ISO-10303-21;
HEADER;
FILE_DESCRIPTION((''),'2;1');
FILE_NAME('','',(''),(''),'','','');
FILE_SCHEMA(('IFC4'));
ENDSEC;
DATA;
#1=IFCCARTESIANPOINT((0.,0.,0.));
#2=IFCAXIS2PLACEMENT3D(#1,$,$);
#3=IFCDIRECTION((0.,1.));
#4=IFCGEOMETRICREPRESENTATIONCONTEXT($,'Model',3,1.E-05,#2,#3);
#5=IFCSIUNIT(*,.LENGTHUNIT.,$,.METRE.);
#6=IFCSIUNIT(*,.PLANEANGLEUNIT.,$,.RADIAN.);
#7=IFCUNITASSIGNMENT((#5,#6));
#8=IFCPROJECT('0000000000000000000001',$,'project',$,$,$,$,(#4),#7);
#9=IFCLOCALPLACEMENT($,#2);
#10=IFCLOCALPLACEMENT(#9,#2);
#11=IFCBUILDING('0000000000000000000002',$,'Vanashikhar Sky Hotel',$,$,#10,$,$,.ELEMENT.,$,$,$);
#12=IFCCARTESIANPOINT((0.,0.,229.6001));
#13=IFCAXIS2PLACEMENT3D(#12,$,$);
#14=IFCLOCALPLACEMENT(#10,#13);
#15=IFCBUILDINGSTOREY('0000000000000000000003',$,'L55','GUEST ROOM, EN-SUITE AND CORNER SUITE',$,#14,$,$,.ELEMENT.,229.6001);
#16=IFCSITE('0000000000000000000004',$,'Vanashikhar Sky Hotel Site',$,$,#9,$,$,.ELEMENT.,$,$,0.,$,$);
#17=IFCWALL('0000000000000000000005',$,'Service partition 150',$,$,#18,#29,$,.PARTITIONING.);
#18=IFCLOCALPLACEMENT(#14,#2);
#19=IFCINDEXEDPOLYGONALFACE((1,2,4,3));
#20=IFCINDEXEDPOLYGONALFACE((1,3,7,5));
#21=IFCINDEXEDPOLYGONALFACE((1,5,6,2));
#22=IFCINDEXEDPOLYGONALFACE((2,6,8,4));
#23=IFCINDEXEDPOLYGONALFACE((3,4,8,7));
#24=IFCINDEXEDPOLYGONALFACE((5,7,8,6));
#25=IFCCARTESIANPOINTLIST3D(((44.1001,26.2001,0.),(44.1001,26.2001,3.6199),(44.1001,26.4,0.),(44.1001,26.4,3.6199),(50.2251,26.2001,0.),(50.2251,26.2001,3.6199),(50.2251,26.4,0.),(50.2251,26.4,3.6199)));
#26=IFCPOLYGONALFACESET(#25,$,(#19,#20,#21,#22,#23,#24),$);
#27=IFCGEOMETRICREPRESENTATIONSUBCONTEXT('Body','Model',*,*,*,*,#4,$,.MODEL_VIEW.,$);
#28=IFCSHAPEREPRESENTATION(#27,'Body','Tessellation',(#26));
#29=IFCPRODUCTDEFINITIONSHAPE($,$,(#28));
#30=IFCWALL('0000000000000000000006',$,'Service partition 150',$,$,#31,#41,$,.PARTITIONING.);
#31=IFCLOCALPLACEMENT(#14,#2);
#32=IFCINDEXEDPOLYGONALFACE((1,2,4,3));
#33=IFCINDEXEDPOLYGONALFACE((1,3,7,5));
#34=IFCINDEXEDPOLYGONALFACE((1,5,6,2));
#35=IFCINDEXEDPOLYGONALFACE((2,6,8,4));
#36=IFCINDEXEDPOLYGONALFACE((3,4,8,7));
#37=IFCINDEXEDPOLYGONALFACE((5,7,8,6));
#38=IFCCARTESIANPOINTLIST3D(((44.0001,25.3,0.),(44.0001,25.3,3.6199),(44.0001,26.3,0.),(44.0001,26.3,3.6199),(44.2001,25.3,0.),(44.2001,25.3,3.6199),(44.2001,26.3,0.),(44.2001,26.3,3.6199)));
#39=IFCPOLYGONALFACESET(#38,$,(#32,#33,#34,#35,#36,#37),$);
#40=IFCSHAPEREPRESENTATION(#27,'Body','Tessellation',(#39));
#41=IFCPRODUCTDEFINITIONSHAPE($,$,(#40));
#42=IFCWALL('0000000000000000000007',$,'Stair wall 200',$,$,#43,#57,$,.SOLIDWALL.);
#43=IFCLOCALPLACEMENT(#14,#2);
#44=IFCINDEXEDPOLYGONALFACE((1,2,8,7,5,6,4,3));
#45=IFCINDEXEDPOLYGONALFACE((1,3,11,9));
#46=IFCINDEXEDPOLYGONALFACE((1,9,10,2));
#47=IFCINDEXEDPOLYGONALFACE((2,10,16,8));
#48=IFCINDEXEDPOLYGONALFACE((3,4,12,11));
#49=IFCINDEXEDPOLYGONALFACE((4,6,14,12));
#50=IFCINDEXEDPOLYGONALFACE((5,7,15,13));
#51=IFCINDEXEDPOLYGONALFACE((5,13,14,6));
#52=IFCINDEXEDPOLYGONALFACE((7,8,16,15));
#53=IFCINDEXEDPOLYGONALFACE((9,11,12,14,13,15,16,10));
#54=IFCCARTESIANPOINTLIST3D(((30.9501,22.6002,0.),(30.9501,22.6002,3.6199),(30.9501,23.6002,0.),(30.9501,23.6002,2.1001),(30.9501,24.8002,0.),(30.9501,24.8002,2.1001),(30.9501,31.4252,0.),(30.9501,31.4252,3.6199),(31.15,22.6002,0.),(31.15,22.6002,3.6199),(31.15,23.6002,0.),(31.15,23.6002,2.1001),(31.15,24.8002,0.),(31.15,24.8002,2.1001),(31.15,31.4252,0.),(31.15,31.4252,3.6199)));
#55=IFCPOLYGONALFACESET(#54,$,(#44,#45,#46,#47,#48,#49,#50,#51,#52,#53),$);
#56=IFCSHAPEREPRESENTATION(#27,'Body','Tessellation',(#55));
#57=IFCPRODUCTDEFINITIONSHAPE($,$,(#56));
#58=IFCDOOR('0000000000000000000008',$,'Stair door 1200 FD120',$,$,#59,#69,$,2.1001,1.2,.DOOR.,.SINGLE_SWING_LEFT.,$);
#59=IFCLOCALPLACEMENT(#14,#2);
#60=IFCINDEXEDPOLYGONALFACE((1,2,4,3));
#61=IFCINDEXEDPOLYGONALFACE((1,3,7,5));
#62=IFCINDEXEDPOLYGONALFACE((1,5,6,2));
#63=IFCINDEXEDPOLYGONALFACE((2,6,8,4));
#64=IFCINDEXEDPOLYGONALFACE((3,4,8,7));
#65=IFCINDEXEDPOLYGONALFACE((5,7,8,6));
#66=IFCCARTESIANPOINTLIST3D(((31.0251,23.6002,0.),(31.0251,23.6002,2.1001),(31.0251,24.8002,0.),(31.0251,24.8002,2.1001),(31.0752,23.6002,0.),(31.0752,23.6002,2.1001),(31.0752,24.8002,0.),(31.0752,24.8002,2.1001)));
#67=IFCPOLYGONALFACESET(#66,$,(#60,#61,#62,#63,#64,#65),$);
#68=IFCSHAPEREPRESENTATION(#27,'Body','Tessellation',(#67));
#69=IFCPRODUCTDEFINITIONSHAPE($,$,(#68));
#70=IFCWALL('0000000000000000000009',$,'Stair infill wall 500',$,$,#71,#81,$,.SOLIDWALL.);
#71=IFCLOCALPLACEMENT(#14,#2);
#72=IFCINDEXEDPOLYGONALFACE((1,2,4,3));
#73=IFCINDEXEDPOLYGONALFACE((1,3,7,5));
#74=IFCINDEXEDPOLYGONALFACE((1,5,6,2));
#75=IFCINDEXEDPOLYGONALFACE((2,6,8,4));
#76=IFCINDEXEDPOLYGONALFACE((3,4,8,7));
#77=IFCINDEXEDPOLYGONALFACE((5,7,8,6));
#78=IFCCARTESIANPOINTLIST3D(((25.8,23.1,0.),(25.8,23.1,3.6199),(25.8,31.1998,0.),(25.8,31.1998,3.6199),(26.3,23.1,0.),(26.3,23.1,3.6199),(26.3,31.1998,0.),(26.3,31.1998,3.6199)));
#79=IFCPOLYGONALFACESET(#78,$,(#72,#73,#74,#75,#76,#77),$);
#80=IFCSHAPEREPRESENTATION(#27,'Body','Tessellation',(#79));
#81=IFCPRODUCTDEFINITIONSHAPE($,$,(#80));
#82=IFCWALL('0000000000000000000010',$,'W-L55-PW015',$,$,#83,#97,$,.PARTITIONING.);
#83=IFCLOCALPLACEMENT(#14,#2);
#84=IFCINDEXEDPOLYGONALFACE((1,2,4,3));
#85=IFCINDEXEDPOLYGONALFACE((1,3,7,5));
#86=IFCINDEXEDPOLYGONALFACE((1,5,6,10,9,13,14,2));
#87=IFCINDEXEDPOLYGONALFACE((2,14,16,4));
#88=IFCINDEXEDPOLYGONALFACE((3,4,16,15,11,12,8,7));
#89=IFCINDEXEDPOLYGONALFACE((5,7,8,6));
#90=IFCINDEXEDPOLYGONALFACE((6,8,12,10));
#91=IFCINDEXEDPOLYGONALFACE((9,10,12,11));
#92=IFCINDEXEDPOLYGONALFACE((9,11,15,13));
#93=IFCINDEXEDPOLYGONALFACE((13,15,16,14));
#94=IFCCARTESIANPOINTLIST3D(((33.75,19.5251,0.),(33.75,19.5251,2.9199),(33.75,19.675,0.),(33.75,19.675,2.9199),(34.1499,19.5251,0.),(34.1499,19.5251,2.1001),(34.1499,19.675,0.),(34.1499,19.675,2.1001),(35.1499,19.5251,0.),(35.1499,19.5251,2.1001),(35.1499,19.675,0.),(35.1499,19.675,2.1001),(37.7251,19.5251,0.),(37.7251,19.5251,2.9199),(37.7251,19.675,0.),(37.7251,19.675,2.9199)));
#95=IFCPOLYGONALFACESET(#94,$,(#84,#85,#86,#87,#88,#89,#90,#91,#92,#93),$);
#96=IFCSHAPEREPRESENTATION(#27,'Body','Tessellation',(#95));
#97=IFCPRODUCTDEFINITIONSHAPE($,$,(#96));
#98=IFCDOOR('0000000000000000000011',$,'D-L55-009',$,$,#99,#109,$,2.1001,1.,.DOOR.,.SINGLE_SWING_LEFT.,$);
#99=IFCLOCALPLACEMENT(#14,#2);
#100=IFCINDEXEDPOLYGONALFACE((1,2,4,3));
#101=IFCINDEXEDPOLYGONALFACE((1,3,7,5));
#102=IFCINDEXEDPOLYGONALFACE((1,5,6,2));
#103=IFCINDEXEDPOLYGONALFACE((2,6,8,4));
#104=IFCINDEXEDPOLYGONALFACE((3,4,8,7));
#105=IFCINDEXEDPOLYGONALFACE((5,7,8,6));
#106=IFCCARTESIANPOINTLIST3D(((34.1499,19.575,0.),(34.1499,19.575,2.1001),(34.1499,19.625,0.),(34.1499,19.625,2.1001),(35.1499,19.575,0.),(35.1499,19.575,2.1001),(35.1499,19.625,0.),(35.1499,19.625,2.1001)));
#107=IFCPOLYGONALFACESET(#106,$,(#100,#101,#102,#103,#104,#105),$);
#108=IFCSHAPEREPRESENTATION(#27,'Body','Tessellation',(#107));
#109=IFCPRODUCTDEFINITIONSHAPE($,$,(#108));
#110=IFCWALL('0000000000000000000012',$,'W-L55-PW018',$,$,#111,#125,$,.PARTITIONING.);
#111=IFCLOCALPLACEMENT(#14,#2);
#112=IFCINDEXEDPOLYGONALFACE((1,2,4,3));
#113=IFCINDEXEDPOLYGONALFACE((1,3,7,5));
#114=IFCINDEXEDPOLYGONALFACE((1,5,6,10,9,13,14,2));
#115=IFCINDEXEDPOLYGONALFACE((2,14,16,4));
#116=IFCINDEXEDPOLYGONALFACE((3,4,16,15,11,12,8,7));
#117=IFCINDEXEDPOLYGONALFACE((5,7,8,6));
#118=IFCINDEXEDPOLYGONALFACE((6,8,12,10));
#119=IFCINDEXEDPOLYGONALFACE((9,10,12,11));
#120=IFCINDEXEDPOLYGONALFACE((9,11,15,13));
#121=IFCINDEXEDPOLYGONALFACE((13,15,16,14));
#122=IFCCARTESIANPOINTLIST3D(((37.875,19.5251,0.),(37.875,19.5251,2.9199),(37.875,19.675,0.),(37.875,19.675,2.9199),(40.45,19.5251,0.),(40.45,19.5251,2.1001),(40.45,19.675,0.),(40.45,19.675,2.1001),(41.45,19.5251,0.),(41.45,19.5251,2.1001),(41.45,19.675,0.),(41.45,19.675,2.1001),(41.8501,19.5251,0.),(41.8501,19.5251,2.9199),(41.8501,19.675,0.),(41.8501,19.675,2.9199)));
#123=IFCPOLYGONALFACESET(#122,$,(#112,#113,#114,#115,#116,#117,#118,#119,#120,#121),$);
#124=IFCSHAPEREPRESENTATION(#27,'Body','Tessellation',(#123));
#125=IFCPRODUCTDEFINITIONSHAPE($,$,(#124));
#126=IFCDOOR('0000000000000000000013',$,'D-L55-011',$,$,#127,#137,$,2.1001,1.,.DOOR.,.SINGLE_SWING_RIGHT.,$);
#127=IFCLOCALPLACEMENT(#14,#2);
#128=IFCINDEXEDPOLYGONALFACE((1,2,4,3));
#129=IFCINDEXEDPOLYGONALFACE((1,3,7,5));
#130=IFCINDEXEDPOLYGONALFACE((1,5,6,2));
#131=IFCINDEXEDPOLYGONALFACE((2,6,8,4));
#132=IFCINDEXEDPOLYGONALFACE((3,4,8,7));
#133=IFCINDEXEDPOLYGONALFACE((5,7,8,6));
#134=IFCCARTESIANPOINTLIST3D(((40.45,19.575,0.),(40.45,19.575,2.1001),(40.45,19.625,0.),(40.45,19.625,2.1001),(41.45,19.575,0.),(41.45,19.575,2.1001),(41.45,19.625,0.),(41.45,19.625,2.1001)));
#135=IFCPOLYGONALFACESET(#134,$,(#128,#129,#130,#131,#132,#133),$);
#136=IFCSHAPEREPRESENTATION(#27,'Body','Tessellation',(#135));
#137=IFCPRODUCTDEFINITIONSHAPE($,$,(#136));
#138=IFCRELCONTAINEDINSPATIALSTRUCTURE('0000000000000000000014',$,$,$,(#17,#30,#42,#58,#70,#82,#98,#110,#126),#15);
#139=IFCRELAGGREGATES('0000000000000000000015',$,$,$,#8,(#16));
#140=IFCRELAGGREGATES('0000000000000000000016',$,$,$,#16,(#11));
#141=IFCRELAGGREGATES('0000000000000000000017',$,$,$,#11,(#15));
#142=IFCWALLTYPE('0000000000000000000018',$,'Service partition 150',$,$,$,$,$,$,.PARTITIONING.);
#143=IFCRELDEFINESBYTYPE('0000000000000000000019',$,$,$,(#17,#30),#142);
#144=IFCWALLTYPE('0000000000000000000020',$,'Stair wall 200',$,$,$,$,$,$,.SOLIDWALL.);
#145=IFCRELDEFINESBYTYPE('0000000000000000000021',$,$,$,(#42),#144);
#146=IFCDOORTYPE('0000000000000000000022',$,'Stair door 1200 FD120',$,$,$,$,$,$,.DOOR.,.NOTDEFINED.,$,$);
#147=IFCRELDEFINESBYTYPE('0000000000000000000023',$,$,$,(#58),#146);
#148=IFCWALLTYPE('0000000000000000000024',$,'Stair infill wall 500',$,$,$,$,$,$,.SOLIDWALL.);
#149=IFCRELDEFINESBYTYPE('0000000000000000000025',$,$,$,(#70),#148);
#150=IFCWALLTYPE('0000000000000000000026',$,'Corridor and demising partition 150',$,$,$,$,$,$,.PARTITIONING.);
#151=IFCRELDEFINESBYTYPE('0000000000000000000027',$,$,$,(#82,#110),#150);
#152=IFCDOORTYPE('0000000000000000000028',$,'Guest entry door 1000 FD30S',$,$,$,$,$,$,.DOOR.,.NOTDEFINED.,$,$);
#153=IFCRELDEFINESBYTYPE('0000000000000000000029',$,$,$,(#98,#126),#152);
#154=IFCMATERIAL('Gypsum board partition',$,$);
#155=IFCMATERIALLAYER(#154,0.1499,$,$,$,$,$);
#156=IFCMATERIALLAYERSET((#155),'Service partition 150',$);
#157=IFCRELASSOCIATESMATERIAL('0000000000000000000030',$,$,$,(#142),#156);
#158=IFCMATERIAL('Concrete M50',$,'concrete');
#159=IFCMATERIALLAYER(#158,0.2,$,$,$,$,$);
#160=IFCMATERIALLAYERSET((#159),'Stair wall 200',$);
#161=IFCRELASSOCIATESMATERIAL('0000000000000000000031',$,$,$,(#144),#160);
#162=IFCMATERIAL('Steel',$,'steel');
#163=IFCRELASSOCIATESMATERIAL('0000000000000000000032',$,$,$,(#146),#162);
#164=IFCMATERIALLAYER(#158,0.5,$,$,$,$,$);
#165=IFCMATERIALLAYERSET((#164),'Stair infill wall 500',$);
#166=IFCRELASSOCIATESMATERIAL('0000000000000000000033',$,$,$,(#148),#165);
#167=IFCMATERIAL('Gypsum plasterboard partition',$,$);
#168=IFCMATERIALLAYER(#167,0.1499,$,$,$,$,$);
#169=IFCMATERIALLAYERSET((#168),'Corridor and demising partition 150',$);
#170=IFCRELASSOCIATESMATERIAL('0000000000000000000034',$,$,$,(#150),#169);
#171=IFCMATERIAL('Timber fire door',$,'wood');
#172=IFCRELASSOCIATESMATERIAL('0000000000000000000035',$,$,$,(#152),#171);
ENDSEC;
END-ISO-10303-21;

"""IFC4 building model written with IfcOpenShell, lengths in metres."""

from ifc_helpers import new_model, si_unit, direction, frame, frame_2d, origin, place, context, subcontext, project, spatial, rectangle, extrude, source, transform, mapped, material, layer, layer_set, type_object, element, fill, save


model = new_model("IFC4")

# Units and contexts
model_context = context("Model", 3, precision=1e-05, world=origin(), true_north=direction((0.0, 1.0)))
body_context = subcontext(model_context, "Body", "Model", "MODEL_VIEW")
ifc_project = project(units=[si_unit("LENGTHUNIT", "METRE"), si_unit("PLANEANGLEUNIT", "RADIAN")], contexts=[model_context])

# Site, building, storey
site_placement = place(None, origin())
site = spatial("IfcSite", under=ifc_project, at=site_placement, Name="Vanashikhar Sky Hotel Site", CompositionType="ELEMENT", RefElevation=0.0)
building_placement = place(site_placement, origin())
building = spatial("IfcBuilding", under=site, at=building_placement, Name="Vanashikhar Sky Hotel", CompositionType="ELEMENT")
storey_placement = place(building_placement, frame((0.0, 0.0, 229.6001)))
storey = spatial("IfcBuildingStorey", under=building, at=storey_placement, Name="L55", Description="GUEST ROOM, EN-SUITE AND CORNER SUITE", CompositionType="ELEMENT", Elevation=229.6001)

# Shared definitions
ifc_material_1 = material(Name="Concrete M50", Category="concrete")

# Shared definitions
ifc_material_2 = material(Name="Steel", Category="steel")

# Shared definitions
ifc_material_3 = material(Name="Gypsum board partition")
ifc_layer_1 = layer(ifc_material_3, 0.1499)
ifc_layer_set_1 = layer_set([ifc_layer_1], Name="Service partition 150")
wall_type_1 = type_object("IfcWallType", Name="Service partition 150", PredefinedType="PARTITIONING", material=ifc_layer_set_1)

# Walls
shared_shape_1 = source(origin(), body_context, "Body", "SweptSolid", [
    extrude(rectangle(XDim=6.125, YDim=0.2, at=frame_2d((3.0625, 0.0))), origin(), (0.0, 0.0, 1.0), 3.6199),
])
for number, where, z_axis, x_axis, name in (
    (1, (44.1001, 26.3, 0.0), (0.0, 0.0, 1.0), (1.0, 0.0, 0.0), "Service partition 150"),
):
    element("IfcWall", number, at=place(storey_placement, frame(where, z_axis=z_axis, x_axis=x_axis)), inside=storey, type_object=wall_type_1, Name=name, PredefinedType="PARTITIONING", context=body_context, shape_type="MappedRepresentation", body=[
        mapped(shared_shape_1, transform((0.0, 0.0, 0.0), scale=1.0)),
    ])
shared_shape_2 = source(origin(), body_context, "Body", "SweptSolid", [
    extrude(rectangle(XDim=1.0, YDim=0.2, at=frame_2d((0.5, 0.0))), origin(), (0.0, 0.0, 1.0), 3.6199),
])
wall_1_placement = place(storey_placement, frame((44.1001, 25.3, 0.0), z_axis=(0.0, 0.0, 1.0), x_axis=(0.0, 1.0, 0.0)))
element("IfcWall", 2, at=wall_1_placement, inside=storey, type_object=wall_type_1, Name="Service partition 150", PredefinedType="PARTITIONING", context=body_context, shape_type="MappedRepresentation", body=[
    mapped(shared_shape_2, transform((0.0, 0.0, 0.0), scale=1.0)),
])

# Wall, opening, door
ifc_layer_2 = layer(ifc_material_1, 0.2)
ifc_layer_set_2 = layer_set([ifc_layer_2], Name="Stair wall 200")
wall_type_2 = type_object("IfcWallType", Name="Stair wall 200", PredefinedType="SOLIDWALL", material=ifc_layer_set_2)
shared_shape_3 = source(origin(), body_context, "Body", "SweptSolid", [
    extrude(rectangle(XDim=8.825, YDim=0.2, at=frame_2d((4.4126, 0.0))), origin(), (0.0, 0.0, 1.0), 3.6199),
])
wall_2_placement = place(storey_placement, frame((31.05, 22.6001, 0.0), z_axis=(0.0, 0.0, 1.0), x_axis=(0.0, 1.0, 0.0)))
wall_2 = element("IfcWall", 3, at=wall_2_placement, inside=storey, type_object=wall_type_2, Name="Stair wall 200", PredefinedType="SOLIDWALL", context=body_context, shape_type="MappedRepresentation", body=[
    mapped(shared_shape_3, transform((0.0, 0.0, 0.0), scale=1.0)),
])
shared_shape_4 = source(origin(), body_context, "Body", "SweptSolid", [
    extrude(rectangle(XDim=1.2, YDim=2.1001, at=frame_2d((0.6001, 1.05))), frame((0.0, 0.1099, 0.0), z_axis=(0.0, -1.0, 0.0), x_axis=(1.0, 0.0, 0.0)), (0.0, 0.0, 1.0), 0.22),
])
opening_1_placement = place(wall_2_placement, frame((1.0, 0.0, 0.0)))
opening_1 = element("IfcOpeningElement", 4, at=opening_1_placement, cuts=wall_2, PredefinedType="OPENING", context=body_context, shape_type="MappedRepresentation", body=[
    mapped(shared_shape_4, transform((0.0, 0.0, 0.0), scale=1.0)),
])
door_type_1 = type_object("IfcDoorType", Name="Stair door 1200 FD120", OperationType="NOTDEFINED", PredefinedType="DOOR", material=ifc_material_2)
shared_shape_5 = source(origin(), body_context, "Body", "SweptSolid", [
    extrude(rectangle(XDim=1.2, YDim=2.1001, at=frame_2d((0.6001, 1.05))), frame((0.0, 0.0249, 0.0), z_axis=(0.0, -1.0, 0.0), x_axis=(1.0, 0.0, 0.0)), (0.0, 0.0, 1.0), 0.05),
])
door_1_placement = place(opening_1_placement, origin())
door_1 = element("IfcDoor", 5, at=door_1_placement, inside=storey, type_object=door_type_1, Name="Stair door 1200 FD120", OperationType="SINGLE_SWING_LEFT", OverallHeight=2.1001, OverallWidth=1.2, PredefinedType="DOOR", context=body_context, shape_type="MappedRepresentation", body=[
    mapped(shared_shape_5, transform((0.0, 0.0, 0.0), scale=1.0)),
])
fill(opening_1, door_1)

# Wall
ifc_layer_3 = layer(ifc_material_1, 0.5)
ifc_layer_set_3 = layer_set([ifc_layer_3], Name="Stair infill wall 500")
wall_type_3 = type_object("IfcWallType", Name="Stair infill wall 500", PredefinedType="SOLIDWALL", material=ifc_layer_set_3)
shared_shape_6 = source(origin(), body_context, "Body", "SweptSolid", [
    extrude(rectangle(XDim=8.0999, YDim=0.5, at=frame_2d((4.0498, 0.0))), origin(), (0.0, 0.0, 1.0), 3.6199),
])
wall_3_placement = place(storey_placement, frame((26.05, 23.1001, 0.0), z_axis=(0.0, 0.0, 1.0), x_axis=(0.0, 1.0, 0.0)))
element("IfcWall", 6, at=wall_3_placement, inside=storey, type_object=wall_type_3, Name="Stair infill wall 500", PredefinedType="SOLIDWALL", context=body_context, shape_type="MappedRepresentation", body=[
    mapped(shared_shape_6, transform((0.0, 0.0, 0.0), scale=1.0)),
])

# Walls, openings, doors
ifc_material_4 = material(Name="Gypsum plasterboard partition")
ifc_layer_4 = layer(ifc_material_4, 0.1499)
ifc_layer_set_4 = layer_set([ifc_layer_4], Name="Corridor and demising partition 150")
wall_type_4 = type_object("IfcWallType", Name="Corridor and demising partition 150", PredefinedType="PARTITIONING", material=ifc_layer_set_4)
shared_shape_7 = source(origin(), body_context, "Body", "SweptSolid", [
    extrude(rectangle(XDim=3.9751, YDim=0.1499, at=frame_2d((1.9875, 0.0))), origin(), (0.0, 0.0, 1.0), 2.9199),
])
wall_4_placement = place(storey_placement, frame((33.75, 19.6001, 0.0), z_axis=(0.0, 0.0, 1.0), x_axis=(1.0, 0.0, 0.0)))
wall_4 = element("IfcWall", 7, at=wall_4_placement, inside=storey, type_object=wall_type_4, Name="W-L55-PW015", PredefinedType="PARTITIONING", context=body_context, shape_type="MappedRepresentation", body=[
    mapped(shared_shape_7, transform((0.0, 0.0, 0.0), scale=1.0)),
])
shared_shape_8 = source(origin(), body_context, "Body", "SweptSolid", [
    extrude(rectangle(XDim=1.0, YDim=2.1001, at=frame_2d((0.5, 1.05))), frame((0.0, 0.085, 0.0), z_axis=(0.0, -1.0, 0.0), x_axis=(1.0, 0.0, 0.0)), (0.0, 0.0, 1.0), 0.1699),
])
opening_2_placement = place(wall_4_placement, frame((0.3999, 0.0, 0.0)))
opening_2 = element("IfcOpeningElement", 8, at=opening_2_placement, cuts=wall_4, PredefinedType="OPENING", context=body_context, shape_type="MappedRepresentation", body=[
    mapped(shared_shape_8, transform((0.0, 0.0, 0.0), scale=1.0)),
])
ifc_material_5 = material(Name="Timber fire door", Category="wood")
door_type_2 = type_object("IfcDoorType", Name="Guest entry door 1000 FD30S", OperationType="NOTDEFINED", PredefinedType="DOOR", material=ifc_material_5)
shared_shape_9 = source(origin(), body_context, "Body", "SweptSolid", [
    extrude(rectangle(XDim=1.0, YDim=2.1001, at=frame_2d((0.5, 1.05))), frame((0.0, 0.0249, 0.0), z_axis=(0.0, -1.0, 0.0), x_axis=(1.0, 0.0, 0.0)), (0.0, 0.0, 1.0), 0.05),
])
door_2_placement = place(opening_2_placement, origin())
door_2 = element("IfcDoor", 9, at=door_2_placement, inside=storey, type_object=door_type_2, Name="D-L55-009", OperationType="SINGLE_SWING_LEFT", OverallHeight=2.1001, OverallWidth=1.0, PredefinedType="DOOR", context=body_context, shape_type="MappedRepresentation", body=[
    mapped(shared_shape_9, transform((0.0, 0.0, 0.0), scale=1.0)),
])
fill(opening_2, door_2)
wall_5_placement = place(storey_placement, frame((37.875, 19.6001, 0.0), z_axis=(0.0, 0.0, 1.0), x_axis=(1.0, 0.0, 0.0)))
wall_5 = element("IfcWall", 10, at=wall_5_placement, inside=storey, type_object=wall_type_4, Name="W-L55-PW018", PredefinedType="PARTITIONING", context=body_context, shape_type="MappedRepresentation", body=[
    mapped(shared_shape_7, transform((0.0, 0.0, 0.0), scale=1.0)),
])
opening_3_placement = place(wall_5_placement, frame((2.575, 0.0, 0.0)))
opening_3 = element("IfcOpeningElement", 11, at=opening_3_placement, cuts=wall_5, PredefinedType="OPENING", context=body_context, shape_type="MappedRepresentation", body=[
    mapped(shared_shape_8, transform((0.0, 0.0, 0.0), scale=1.0)),
])
door_3_placement = place(opening_3_placement, origin())
door_3 = element("IfcDoor", 12, at=door_3_placement, inside=storey, type_object=door_type_2, Name="D-L55-011", OperationType="SINGLE_SWING_RIGHT", OverallHeight=2.1001, OverallWidth=1.0, PredefinedType="DOOR", context=body_context, shape_type="MappedRepresentation", body=[
    mapped(shared_shape_9, transform((0.0, 0.0, 0.0), scale=1.0)),
])
fill(opening_3, door_3)

save(model, "model.ifc")
